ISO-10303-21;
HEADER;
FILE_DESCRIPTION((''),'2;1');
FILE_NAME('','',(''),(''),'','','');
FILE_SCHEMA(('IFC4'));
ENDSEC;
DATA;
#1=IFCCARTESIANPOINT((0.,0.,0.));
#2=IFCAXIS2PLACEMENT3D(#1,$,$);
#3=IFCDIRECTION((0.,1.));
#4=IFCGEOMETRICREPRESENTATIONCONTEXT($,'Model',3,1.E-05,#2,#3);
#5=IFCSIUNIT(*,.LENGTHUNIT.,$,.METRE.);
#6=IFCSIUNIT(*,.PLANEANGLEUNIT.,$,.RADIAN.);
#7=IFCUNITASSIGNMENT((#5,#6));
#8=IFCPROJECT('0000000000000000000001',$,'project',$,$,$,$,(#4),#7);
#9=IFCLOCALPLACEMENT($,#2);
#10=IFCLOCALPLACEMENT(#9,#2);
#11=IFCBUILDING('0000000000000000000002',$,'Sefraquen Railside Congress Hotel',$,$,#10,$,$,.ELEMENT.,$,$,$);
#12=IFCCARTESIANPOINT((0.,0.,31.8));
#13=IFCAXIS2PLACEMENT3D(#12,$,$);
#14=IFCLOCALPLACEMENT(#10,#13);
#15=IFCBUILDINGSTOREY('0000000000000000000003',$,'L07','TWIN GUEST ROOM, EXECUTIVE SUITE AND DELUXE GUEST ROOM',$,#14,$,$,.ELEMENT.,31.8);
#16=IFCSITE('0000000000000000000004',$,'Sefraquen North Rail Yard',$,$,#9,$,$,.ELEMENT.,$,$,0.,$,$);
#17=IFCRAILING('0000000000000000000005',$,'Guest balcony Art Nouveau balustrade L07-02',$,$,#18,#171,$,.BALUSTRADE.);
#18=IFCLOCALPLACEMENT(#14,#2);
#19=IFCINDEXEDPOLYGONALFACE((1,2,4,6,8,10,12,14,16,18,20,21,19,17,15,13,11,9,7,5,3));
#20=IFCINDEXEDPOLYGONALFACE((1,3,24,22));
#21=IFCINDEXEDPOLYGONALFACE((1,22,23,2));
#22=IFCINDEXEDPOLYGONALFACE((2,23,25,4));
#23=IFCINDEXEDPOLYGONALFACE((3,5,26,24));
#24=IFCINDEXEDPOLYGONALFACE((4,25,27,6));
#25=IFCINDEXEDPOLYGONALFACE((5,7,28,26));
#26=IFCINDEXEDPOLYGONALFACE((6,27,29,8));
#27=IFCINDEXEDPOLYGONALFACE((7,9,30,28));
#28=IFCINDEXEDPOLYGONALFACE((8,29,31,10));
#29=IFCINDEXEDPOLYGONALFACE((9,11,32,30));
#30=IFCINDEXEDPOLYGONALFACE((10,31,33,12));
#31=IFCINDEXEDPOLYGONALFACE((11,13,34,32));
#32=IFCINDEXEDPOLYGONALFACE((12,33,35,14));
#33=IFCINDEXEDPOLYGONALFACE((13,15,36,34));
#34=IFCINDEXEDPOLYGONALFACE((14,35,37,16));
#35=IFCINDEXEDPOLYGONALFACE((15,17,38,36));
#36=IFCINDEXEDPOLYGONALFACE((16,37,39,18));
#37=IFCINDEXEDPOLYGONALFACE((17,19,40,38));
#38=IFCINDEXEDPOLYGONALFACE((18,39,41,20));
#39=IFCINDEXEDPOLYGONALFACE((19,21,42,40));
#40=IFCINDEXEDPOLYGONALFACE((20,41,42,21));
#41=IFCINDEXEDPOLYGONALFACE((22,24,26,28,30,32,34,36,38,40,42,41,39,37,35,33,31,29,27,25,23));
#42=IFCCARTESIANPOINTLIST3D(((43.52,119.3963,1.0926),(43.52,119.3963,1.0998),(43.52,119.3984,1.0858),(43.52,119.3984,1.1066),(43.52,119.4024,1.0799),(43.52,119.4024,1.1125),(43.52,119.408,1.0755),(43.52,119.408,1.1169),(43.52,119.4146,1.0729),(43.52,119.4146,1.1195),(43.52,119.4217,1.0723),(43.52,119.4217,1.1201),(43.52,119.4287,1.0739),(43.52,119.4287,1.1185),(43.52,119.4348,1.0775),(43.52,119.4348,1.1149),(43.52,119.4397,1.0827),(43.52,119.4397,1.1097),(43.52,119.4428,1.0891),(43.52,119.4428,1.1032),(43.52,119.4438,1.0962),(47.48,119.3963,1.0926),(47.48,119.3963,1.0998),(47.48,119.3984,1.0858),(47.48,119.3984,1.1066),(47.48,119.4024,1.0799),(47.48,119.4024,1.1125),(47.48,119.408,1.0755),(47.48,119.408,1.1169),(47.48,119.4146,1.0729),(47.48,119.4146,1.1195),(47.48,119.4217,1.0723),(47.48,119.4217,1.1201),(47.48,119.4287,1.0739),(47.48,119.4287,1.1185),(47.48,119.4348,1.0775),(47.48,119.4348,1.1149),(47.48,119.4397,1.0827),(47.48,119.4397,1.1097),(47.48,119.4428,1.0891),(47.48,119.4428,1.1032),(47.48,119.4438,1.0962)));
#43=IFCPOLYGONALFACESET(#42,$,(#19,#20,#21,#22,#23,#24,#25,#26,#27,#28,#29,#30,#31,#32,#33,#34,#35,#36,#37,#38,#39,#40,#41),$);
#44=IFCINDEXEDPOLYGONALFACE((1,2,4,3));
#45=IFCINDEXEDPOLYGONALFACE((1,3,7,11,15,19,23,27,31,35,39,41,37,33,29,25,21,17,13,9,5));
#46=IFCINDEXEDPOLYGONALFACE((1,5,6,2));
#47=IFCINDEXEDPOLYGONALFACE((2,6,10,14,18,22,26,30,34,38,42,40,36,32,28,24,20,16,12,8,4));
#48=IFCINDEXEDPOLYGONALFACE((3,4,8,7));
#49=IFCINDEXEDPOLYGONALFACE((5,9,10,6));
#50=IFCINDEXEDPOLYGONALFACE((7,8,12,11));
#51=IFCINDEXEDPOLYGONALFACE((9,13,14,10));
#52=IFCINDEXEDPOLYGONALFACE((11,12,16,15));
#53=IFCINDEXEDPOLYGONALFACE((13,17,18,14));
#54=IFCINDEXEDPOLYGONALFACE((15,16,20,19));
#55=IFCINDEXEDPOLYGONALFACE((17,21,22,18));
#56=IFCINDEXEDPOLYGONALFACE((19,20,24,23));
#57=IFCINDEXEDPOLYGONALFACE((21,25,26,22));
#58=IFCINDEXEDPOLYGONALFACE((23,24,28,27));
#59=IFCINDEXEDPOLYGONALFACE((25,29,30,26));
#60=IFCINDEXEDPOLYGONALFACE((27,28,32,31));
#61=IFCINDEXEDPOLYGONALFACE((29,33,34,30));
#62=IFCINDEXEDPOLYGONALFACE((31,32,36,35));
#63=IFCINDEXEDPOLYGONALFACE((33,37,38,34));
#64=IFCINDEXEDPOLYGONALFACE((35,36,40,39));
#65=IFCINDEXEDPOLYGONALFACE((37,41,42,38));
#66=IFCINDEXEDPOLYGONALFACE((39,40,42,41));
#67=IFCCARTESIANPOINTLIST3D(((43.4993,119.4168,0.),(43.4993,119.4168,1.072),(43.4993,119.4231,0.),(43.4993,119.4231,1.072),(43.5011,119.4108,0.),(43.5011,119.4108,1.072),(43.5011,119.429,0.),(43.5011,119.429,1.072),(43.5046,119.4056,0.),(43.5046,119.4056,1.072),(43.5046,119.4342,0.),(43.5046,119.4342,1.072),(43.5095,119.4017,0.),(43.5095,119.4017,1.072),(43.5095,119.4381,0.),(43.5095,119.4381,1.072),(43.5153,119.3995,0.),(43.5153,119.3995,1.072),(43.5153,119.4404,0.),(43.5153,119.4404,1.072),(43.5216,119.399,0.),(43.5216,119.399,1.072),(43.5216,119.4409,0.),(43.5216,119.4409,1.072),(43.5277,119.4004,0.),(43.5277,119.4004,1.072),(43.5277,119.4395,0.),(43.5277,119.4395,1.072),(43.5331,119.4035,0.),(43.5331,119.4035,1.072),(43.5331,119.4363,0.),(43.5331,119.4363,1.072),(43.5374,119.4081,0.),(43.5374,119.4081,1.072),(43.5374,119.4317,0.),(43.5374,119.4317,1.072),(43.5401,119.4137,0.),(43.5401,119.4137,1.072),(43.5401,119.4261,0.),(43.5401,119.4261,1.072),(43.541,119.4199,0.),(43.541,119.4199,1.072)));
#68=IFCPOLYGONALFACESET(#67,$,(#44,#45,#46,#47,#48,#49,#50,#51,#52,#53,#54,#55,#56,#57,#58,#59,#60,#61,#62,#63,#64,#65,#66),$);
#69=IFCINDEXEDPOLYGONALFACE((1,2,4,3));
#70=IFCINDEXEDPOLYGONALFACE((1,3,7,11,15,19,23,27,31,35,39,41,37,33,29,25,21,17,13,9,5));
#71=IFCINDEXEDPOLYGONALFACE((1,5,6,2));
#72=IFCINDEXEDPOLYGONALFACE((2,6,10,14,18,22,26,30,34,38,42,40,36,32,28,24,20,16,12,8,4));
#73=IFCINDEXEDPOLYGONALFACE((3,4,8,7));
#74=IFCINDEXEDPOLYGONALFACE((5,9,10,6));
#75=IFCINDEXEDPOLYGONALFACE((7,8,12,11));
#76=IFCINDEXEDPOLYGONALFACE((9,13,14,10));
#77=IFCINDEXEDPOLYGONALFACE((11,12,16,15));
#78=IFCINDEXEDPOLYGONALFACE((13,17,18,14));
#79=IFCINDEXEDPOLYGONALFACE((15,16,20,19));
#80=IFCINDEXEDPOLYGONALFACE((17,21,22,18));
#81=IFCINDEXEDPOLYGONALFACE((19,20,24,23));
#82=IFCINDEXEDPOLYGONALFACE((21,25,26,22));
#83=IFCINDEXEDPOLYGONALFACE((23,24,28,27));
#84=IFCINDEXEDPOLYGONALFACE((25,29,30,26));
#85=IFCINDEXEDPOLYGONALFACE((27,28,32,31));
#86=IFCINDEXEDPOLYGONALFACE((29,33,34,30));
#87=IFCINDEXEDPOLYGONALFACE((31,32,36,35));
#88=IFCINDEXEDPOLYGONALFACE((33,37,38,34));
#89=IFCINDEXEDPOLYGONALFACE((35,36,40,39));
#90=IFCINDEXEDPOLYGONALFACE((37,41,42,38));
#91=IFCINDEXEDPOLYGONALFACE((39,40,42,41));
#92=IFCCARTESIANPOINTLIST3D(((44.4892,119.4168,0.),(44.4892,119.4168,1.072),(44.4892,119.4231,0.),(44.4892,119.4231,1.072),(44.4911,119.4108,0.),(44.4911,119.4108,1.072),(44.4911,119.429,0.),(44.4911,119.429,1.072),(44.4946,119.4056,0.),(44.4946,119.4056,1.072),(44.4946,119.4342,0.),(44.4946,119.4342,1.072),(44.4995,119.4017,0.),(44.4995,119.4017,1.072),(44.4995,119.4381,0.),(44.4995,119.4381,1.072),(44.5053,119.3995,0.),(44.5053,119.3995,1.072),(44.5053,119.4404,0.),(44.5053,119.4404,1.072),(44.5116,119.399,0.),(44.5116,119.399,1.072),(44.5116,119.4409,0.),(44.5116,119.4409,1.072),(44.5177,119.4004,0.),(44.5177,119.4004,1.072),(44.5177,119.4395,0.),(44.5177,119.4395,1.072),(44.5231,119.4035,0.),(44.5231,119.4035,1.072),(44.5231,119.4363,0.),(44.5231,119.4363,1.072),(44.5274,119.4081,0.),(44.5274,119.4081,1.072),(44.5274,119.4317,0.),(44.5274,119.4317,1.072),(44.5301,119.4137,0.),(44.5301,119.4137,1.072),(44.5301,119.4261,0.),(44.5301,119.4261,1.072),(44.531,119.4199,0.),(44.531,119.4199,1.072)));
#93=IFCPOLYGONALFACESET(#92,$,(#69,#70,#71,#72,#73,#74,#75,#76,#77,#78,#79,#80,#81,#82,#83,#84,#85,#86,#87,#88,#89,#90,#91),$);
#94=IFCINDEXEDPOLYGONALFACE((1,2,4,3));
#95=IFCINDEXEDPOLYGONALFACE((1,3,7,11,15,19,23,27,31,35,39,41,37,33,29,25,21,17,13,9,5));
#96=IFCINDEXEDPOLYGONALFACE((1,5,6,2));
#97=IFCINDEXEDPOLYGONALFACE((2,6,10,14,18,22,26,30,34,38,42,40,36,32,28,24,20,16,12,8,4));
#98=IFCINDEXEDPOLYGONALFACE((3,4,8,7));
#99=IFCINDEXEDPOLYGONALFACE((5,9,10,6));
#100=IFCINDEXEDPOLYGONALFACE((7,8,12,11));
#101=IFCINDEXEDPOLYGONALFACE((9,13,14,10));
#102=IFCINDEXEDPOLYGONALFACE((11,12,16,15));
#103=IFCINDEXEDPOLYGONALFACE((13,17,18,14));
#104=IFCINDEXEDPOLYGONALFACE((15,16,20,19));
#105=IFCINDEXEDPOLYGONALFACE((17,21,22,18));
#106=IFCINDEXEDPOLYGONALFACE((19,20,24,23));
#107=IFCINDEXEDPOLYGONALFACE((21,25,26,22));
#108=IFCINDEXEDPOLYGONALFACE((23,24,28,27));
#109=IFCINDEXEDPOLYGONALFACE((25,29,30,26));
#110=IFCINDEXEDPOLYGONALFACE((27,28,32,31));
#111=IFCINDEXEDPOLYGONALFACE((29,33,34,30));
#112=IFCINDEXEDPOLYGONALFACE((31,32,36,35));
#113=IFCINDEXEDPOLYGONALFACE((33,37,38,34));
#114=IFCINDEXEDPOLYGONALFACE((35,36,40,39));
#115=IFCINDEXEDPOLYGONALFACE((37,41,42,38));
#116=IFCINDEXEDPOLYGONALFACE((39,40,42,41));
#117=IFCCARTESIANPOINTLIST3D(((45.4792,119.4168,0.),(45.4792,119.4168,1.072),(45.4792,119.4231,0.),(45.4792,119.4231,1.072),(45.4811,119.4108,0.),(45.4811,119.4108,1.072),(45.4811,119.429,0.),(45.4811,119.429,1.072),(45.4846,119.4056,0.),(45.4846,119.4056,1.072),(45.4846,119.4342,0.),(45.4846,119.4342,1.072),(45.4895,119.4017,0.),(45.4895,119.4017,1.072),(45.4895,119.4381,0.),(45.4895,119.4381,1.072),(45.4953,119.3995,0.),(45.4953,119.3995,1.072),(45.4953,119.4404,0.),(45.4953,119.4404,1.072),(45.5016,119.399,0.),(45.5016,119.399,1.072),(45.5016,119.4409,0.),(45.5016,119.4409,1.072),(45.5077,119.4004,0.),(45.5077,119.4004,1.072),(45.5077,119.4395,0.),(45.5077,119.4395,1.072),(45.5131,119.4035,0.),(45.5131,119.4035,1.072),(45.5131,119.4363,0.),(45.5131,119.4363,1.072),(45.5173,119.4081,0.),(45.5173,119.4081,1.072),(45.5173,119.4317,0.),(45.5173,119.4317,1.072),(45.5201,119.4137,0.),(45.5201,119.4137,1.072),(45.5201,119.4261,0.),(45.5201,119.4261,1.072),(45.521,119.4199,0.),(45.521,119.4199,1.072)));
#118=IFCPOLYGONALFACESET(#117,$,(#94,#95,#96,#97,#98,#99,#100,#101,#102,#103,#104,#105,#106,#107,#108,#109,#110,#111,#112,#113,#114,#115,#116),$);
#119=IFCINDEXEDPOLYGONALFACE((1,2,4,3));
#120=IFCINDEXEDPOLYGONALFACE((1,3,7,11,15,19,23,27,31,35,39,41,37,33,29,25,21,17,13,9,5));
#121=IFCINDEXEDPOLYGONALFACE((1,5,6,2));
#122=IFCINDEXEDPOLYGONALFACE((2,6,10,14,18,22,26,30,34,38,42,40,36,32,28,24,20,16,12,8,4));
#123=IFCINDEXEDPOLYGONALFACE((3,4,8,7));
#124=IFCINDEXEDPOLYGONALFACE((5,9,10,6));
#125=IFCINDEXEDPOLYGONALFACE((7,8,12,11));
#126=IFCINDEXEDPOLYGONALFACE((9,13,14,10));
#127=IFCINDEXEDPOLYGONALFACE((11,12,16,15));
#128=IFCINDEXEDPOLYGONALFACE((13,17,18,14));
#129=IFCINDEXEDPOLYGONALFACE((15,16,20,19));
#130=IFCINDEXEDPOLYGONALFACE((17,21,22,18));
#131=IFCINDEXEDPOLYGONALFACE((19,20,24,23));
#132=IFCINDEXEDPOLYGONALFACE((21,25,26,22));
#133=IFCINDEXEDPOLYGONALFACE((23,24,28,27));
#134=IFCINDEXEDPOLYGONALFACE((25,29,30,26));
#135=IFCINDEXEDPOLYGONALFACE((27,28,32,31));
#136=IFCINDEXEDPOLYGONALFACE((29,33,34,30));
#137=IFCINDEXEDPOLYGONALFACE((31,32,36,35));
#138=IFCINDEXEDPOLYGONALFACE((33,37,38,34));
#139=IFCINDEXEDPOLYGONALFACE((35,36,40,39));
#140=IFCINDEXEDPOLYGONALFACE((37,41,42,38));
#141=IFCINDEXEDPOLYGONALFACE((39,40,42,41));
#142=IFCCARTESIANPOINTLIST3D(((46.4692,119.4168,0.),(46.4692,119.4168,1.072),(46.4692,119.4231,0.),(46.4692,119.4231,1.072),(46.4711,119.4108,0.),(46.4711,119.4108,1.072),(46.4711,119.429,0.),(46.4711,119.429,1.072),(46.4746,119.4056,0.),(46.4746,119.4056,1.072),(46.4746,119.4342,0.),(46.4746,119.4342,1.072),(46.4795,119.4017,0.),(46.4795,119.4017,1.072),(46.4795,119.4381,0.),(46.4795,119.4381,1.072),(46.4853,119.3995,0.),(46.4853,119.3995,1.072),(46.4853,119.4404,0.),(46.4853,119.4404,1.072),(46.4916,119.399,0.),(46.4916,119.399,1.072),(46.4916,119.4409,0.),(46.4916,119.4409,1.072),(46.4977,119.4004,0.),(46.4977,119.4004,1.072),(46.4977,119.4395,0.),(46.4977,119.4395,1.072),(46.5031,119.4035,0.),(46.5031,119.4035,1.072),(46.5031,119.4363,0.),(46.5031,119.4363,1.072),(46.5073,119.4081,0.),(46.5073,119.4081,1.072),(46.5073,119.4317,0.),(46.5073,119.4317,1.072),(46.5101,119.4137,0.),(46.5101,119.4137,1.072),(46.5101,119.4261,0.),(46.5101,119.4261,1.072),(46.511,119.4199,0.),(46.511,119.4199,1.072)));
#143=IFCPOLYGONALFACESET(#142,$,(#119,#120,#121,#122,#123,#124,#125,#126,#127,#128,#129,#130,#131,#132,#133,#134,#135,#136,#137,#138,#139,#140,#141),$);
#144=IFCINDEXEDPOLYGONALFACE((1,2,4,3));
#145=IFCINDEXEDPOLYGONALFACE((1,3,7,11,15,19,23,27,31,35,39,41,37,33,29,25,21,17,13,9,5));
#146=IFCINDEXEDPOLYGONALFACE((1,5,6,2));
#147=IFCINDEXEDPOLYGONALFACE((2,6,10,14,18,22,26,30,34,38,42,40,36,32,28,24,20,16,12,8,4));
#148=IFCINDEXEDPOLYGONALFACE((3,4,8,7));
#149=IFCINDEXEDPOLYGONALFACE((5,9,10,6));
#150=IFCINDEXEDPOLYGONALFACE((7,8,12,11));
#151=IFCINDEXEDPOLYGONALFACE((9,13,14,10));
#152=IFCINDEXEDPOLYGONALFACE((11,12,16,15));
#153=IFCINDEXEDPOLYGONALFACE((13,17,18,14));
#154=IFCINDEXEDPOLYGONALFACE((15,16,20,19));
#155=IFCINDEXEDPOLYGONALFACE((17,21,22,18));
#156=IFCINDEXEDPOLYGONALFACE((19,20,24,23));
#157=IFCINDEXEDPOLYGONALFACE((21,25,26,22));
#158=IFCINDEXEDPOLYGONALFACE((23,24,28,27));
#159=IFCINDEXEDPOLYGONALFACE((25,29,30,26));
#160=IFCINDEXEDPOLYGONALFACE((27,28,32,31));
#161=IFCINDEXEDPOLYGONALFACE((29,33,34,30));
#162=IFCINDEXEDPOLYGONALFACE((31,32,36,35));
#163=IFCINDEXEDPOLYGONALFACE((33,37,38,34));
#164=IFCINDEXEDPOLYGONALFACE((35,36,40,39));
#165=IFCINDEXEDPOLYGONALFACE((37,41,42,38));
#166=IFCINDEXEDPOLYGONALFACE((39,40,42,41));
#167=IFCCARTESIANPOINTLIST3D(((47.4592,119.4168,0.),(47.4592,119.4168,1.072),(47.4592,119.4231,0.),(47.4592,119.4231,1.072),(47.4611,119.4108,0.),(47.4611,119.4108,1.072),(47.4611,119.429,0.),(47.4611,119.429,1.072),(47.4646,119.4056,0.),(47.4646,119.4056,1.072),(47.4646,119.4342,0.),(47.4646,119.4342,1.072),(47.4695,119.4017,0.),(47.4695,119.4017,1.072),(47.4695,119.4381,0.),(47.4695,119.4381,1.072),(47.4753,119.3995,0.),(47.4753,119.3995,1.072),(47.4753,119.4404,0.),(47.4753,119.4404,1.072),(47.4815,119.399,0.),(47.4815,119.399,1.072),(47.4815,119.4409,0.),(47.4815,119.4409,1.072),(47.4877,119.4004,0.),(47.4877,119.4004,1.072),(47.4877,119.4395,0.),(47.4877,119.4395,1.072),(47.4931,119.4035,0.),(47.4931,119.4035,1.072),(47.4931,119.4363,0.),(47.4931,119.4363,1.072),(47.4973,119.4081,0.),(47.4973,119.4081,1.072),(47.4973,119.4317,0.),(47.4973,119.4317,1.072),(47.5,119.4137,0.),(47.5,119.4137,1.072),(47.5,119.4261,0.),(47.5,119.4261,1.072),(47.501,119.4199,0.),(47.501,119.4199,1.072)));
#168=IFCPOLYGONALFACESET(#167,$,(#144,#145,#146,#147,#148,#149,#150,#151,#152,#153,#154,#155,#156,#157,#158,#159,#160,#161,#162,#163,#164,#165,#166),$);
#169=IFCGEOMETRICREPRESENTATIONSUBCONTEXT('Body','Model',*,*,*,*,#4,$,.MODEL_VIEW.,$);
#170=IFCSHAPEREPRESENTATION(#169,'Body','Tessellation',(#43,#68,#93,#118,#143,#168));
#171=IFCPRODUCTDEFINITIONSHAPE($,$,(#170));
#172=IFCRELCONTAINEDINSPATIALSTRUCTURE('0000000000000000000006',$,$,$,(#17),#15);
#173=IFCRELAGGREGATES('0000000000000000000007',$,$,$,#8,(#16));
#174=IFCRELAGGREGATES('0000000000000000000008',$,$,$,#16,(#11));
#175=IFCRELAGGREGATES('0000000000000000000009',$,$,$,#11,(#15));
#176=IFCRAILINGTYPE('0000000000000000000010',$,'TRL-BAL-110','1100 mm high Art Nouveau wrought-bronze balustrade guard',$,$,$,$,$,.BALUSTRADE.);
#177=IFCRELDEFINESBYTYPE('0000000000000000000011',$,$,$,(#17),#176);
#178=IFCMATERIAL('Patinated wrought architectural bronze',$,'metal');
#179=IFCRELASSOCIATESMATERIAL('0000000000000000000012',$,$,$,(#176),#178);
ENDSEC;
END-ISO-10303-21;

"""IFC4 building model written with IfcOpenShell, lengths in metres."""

from ifc_helpers import new_model, si_unit, direction, frame, origin, origin_2d, place, context, subcontext, project, spatial, circle, extrude, material, type_object, element, save


model = new_model("IFC4")

# Units and contexts
model_context = context("Model", 3, precision=1e-05, world=origin(), true_north=direction((0.0, 1.0)))
body_context = subcontext(model_context, "Body", "Model", "MODEL_VIEW")
ifc_project = project(units=[si_unit("LENGTHUNIT", "METRE"), si_unit("PLANEANGLEUNIT", "RADIAN")], contexts=[model_context])

# Site, building, storey
site_placement = place(None, origin())
site = spatial("IfcSite", under=ifc_project, at=site_placement, Name="Sefraquen North Rail Yard", CompositionType="ELEMENT", RefElevation=0.0)
building_placement = place(site_placement, origin())
building = spatial("IfcBuilding", under=site, at=building_placement, Name="Sefraquen Railside Congress Hotel", CompositionType="ELEMENT")
storey_placement = place(building_placement, frame((0.0, 0.0, 31.8)))
storey = spatial("IfcBuildingStorey", under=building, at=storey_placement, Name="L07", Description="TWIN GUEST ROOM, EXECUTIVE SUITE AND DELUXE GUEST ROOM", CompositionType="ELEMENT", Elevation=31.8)

# Railing
ifc_material_1 = material(Name="Patinated wrought architectural bronze", Category="metal")
railing_type = type_object("IfcRailingType", Name="TRL-BAL-110", Description="1100 mm high Art Nouveau wrought-bronze balustrade guard", PredefinedType="BALUSTRADE", material=ifc_material_1)
railing_1_placement = place(storey_placement, frame((43.52, 119.4199, 0.0)))
element("IfcRailing", 1, at=railing_1_placement, inside=storey, type_object=railing_type, Name="Guest balcony Art Nouveau balustrade L07-02", PredefinedType="BALUSTRADE", context=body_context, shape_type="SweptSolid", body=[
    extrude(circle(Radius=0.0239, at=origin_2d()), frame((0.0, 0.0, 1.0962), z_axis=(1.0, 0.0, 0.0), x_axis=(0.0, 1.0, 0.0)), (0.0, 0.0, 1.0), 3.96),
    extrude(circle(Radius=0.021, at=origin_2d()), origin(), (0.0, 0.0, 1.0), 1.072),
    extrude(circle(Radius=0.021, at=origin_2d()), frame((0.99, 0.0, 0.0)), (0.0, 0.0, 1.0), 1.072),
    extrude(circle(Radius=0.021, at=origin_2d()), frame((1.98, 0.0, 0.0)), (0.0, 0.0, 1.0), 1.072),
    extrude(circle(Radius=0.021, at=origin_2d()), frame((2.97, 0.0, 0.0)), (0.0, 0.0, 1.0), 1.072),
    extrude(circle(Radius=0.021, at=origin_2d()), frame((3.96, 0.0, 0.0)), (0.0, 0.0, 1.0), 1.072),
])

save(model, "model.ifc")
